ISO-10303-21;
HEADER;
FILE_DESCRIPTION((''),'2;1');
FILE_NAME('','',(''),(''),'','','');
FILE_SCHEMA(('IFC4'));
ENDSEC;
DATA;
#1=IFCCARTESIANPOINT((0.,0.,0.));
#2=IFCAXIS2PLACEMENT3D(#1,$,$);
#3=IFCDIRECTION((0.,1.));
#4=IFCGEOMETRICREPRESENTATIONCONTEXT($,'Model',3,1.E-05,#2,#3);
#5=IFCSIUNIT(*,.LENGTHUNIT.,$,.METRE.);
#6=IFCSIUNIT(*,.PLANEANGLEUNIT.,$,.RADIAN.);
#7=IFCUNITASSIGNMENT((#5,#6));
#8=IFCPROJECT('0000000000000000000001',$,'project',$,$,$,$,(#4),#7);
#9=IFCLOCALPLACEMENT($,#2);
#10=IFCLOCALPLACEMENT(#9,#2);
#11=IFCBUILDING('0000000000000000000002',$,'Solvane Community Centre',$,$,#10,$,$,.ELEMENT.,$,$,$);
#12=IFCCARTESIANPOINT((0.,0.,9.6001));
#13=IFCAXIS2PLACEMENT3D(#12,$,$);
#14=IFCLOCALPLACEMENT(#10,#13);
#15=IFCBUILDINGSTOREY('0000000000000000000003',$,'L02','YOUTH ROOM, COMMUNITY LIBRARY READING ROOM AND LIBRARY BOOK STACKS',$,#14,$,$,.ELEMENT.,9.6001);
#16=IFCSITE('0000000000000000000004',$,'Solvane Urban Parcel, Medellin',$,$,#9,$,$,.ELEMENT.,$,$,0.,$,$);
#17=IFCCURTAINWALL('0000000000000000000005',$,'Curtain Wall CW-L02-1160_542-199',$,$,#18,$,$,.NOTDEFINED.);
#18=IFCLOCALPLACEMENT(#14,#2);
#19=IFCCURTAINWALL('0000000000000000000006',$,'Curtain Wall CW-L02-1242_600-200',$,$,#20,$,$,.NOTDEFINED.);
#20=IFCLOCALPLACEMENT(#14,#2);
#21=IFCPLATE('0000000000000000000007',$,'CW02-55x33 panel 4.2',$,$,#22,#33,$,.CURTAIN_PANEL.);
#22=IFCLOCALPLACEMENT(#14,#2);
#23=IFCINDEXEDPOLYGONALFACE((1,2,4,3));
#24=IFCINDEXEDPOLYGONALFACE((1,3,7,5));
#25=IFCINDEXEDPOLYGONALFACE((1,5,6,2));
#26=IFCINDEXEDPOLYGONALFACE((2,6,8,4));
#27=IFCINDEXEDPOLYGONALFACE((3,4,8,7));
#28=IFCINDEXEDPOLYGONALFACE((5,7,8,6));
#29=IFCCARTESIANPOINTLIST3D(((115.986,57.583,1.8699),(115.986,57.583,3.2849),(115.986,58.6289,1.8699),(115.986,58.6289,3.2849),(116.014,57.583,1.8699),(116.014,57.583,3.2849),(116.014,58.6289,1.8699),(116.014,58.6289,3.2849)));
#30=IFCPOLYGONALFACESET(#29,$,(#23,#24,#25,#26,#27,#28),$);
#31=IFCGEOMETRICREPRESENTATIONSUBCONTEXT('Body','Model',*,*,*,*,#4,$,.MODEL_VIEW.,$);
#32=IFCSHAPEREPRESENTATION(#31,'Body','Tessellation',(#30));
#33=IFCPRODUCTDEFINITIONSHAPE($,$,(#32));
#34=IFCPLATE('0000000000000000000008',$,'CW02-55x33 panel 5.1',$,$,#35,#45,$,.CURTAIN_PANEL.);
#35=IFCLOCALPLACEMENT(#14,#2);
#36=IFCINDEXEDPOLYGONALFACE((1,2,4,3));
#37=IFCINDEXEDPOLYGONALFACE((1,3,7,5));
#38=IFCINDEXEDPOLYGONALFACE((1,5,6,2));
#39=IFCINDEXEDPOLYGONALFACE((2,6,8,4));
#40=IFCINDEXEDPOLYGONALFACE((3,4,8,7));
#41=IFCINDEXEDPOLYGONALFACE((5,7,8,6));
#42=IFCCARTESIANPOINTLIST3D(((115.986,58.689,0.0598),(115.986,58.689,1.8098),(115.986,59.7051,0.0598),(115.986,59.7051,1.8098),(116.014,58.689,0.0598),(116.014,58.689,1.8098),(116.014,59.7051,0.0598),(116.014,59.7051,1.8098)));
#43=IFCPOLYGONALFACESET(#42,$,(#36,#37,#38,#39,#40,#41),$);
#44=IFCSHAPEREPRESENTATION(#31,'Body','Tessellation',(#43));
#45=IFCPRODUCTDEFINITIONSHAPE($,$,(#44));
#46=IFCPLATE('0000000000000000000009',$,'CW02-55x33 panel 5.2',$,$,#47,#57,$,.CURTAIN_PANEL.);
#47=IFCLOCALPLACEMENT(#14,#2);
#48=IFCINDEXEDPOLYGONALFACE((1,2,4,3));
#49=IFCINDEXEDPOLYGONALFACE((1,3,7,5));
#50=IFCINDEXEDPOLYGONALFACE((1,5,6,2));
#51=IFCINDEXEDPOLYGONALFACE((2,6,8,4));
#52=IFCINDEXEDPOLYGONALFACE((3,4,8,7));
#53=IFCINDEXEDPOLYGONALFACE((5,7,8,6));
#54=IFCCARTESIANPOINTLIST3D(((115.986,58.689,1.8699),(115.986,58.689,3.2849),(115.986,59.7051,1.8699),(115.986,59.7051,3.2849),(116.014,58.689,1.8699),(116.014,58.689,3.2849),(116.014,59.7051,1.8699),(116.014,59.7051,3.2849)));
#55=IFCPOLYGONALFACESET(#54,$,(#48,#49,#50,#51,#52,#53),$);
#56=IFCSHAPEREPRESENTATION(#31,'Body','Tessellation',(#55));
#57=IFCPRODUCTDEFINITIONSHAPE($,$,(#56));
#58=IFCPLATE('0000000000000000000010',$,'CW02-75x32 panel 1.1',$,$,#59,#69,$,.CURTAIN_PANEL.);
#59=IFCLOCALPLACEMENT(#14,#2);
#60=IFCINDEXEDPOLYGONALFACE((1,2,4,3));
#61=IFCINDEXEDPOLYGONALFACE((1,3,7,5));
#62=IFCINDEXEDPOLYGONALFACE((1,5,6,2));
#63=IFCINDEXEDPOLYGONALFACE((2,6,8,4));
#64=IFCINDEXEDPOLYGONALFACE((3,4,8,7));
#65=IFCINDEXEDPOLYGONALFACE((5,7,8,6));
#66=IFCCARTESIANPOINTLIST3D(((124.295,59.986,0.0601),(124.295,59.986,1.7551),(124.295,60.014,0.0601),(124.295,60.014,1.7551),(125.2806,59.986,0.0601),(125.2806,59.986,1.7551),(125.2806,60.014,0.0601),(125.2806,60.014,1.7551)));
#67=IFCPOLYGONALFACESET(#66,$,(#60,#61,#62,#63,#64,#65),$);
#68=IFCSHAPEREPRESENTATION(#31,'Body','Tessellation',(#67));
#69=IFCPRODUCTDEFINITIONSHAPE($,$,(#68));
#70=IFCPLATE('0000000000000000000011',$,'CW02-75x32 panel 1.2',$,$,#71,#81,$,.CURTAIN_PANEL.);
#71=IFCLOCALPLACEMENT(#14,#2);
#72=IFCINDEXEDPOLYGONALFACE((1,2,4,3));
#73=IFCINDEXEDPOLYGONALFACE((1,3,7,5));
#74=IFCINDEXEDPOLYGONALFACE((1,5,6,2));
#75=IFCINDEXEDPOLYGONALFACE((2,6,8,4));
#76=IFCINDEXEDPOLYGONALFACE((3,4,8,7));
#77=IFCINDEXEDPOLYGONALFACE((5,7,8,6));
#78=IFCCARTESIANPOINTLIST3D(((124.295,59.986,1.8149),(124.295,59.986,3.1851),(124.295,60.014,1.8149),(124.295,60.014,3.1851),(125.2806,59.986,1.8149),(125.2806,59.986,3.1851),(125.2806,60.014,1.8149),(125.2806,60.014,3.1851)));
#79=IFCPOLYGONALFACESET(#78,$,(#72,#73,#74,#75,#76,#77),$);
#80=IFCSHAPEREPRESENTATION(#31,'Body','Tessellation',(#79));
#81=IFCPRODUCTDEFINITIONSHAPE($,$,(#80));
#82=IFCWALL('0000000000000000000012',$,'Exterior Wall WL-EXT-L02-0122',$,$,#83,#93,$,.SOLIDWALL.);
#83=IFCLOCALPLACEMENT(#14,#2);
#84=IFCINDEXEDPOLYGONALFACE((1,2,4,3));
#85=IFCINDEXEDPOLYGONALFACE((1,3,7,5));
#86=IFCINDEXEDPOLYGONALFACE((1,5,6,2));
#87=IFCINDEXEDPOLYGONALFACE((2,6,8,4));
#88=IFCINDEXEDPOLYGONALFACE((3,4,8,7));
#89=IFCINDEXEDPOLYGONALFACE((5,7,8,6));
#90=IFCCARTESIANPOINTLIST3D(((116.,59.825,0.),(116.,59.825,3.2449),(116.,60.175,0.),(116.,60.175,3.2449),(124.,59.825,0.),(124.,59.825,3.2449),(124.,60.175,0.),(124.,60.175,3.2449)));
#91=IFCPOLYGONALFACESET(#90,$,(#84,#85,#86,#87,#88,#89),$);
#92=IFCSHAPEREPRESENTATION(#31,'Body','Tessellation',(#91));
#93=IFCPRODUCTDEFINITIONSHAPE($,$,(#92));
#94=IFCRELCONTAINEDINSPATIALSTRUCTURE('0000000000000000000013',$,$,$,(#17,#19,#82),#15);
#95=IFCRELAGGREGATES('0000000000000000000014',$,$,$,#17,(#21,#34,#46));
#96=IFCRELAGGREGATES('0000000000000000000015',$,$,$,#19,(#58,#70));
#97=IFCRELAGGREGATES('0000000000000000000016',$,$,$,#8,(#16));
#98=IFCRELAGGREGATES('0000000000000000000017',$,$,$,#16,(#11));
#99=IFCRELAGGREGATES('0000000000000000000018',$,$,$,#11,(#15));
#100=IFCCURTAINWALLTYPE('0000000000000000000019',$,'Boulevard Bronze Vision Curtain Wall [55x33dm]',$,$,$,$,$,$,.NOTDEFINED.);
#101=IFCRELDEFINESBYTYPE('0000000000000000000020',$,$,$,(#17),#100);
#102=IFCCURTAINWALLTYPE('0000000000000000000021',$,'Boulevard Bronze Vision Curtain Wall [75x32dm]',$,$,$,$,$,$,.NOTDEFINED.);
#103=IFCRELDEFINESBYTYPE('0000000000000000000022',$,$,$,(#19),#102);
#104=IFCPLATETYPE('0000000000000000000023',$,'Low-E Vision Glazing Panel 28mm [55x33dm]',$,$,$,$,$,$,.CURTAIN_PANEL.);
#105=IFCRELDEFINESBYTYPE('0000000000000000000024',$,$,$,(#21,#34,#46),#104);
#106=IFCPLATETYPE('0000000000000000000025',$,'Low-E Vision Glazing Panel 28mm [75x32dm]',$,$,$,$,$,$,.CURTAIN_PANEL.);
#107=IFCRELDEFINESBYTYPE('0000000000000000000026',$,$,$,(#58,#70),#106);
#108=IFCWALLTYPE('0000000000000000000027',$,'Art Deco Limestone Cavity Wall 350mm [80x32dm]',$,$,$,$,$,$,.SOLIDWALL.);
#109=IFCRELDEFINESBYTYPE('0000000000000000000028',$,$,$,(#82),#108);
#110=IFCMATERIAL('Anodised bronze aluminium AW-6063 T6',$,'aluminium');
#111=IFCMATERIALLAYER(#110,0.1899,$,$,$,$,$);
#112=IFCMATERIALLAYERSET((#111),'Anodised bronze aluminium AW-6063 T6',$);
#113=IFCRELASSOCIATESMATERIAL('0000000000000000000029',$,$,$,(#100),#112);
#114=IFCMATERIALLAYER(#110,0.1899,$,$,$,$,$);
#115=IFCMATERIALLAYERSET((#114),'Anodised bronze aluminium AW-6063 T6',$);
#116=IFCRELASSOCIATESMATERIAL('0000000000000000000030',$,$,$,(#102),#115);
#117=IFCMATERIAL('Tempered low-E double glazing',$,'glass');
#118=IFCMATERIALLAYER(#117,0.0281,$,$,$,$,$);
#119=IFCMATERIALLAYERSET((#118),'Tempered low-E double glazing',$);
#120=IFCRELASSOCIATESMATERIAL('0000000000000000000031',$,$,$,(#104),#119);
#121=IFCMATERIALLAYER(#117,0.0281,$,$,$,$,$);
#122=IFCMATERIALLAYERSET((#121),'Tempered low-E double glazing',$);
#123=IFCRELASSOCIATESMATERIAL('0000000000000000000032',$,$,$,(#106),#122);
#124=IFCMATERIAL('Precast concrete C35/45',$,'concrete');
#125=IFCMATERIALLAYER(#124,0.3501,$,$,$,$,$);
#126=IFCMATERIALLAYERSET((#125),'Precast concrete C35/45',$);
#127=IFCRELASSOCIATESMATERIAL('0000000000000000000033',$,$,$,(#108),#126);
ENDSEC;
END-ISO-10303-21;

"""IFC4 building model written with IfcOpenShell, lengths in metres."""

from ifc_helpers import new_model, si_unit, direction, frame, frame_2d, origin, origin_2d, place, context, subcontext, project, spatial, rectangle, extrude, material, layer, layer_set, type_object, element, aggregate, save


model = new_model("IFC4")

# Units and contexts
model_context = context("Model", 3, precision=1e-05, world=origin(), true_north=direction((0.0, 1.0)))
body_context = subcontext(model_context, "Body", "Model", "MODEL_VIEW")
ifc_project = project(units=[si_unit("LENGTHUNIT", "METRE"), si_unit("PLANEANGLEUNIT", "RADIAN")], contexts=[model_context])

# Site, building, storey
site_placement = place(None, origin())
site = spatial("IfcSite", under=ifc_project, at=site_placement, Name="Solvane Urban Parcel, Medellin", CompositionType="ELEMENT", RefElevation=0.0)
building_placement = place(site_placement, origin())
building = spatial("IfcBuilding", under=site, at=building_placement, Name="Solvane Community Centre", CompositionType="ELEMENT")
storey_placement = place(building_placement, frame((0.0, 0.0, 9.6001)))
storey = spatial("IfcBuildingStorey", under=building, at=storey_placement, Name="L02", Description="YOUTH ROOM, COMMUNITY LIBRARY READING ROOM AND LIBRARY BOOK STACKS", CompositionType="ELEMENT", Elevation=9.6001)

# Curtain walls
ifc_material_1 = material(Name="Anodised bronze aluminium AW-6063 T6", Category="aluminium")
ifc_layer_1 = layer(ifc_material_1, 0.1899)
ifc_layer_set_1 = layer_set([ifc_layer_1], Name="Anodised bronze aluminium AW-6063 T6")
curtain_wall_type_1 = type_object("IfcCurtainWallType", Name="Boulevard Bronze Vision Curtain Wall [55x33dm]", PredefinedType="NOTDEFINED", material=ifc_layer_set_1)
curtain_wall_1_placement = place(storey_placement, origin())
curtain_wall_1 = element("IfcCurtainWall", 1, at=curtain_wall_1_placement, inside=storey, type_object=curtain_wall_type_1, Name="Curtain Wall CW-L02-1160_542-199", PredefinedType="NOTDEFINED")
ifc_layer_2 = layer(ifc_material_1, 0.1899)
ifc_layer_set_2 = layer_set([ifc_layer_2], Name="Anodised bronze aluminium AW-6063 T6")
curtain_wall_type_2 = type_object("IfcCurtainWallType", Name="Boulevard Bronze Vision Curtain Wall [75x32dm]", PredefinedType="NOTDEFINED", material=ifc_layer_set_2)
curtain_wall_2_placement = place(storey_placement, origin())
curtain_wall_2 = element("IfcCurtainWall", 2, at=curtain_wall_2_placement, inside=storey, type_object=curtain_wall_type_2, Name="Curtain Wall CW-L02-1242_600-200", PredefinedType="NOTDEFINED")

# Plates
ifc_material_2 = material(Name="Tempered low-E double glazing", Category="glass")
ifc_layer_3 = layer(ifc_material_2, 0.0281)
ifc_layer_set_3 = layer_set([ifc_layer_3], Name="Tempered low-E double glazing")
plate_type_1 = type_object("IfcPlateType", Name="Low-E Vision Glazing Panel 28mm [55x33dm]", PredefinedType="CURTAIN_PANEL", material=ifc_layer_set_3)
plate_1_placement = place(storey_placement, frame((116.0, 58.106, 1.8699), z_axis=(0.0, 0.0, 1.0), x_axis=(0.0, 1.0, 0.0)))
plate_1 = element("IfcPlate", 3, at=plate_1_placement, type_object=plate_type_1, Name="CW02-55x33 panel 4.2", PredefinedType="CURTAIN_PANEL", context=body_context, shape_type="SweptSolid", body=[
    extrude(rectangle(XDim=1.0459, YDim=0.0281, at=origin_2d()), origin(), (0.0, 0.0, 1.0), 1.415),
])
plate_2_placement = place(storey_placement, frame((116.0, 59.197, 0.0598), z_axis=(0.0, 0.0, 1.0), x_axis=(0.0, 1.0, 0.0)))
plate_2 = element("IfcPlate", 4, at=plate_2_placement, type_object=plate_type_1, Name="CW02-55x33 panel 5.1", PredefinedType="CURTAIN_PANEL", context=body_context, shape_type="SweptSolid", body=[
    extrude(rectangle(XDim=1.0161, YDim=0.0281, at=origin_2d()), origin(), (0.0, 0.0, 1.0), 1.75),
])
plate_3_placement = place(storey_placement, frame((116.0, 59.197, 1.8699), z_axis=(0.0, 0.0, 1.0), x_axis=(0.0, 1.0, 0.0)))
plate_3 = element("IfcPlate", 5, at=plate_3_placement, type_object=plate_type_1, Name="CW02-55x33 panel 5.2", PredefinedType="CURTAIN_PANEL", context=body_context, shape_type="SweptSolid", body=[
    extrude(rectangle(XDim=1.0161, YDim=0.0281, at=origin_2d()), origin(), (0.0, 0.0, 1.0), 1.415),
])
aggregate(curtain_wall_1, [plate_1, plate_2, plate_3])
ifc_layer_4 = layer(ifc_material_2, 0.0281)
ifc_layer_set_4 = layer_set([ifc_layer_4], Name="Tempered low-E double glazing")
plate_type_2 = type_object("IfcPlateType", Name="Low-E Vision Glazing Panel 28mm [75x32dm]", PredefinedType="CURTAIN_PANEL", material=ifc_layer_set_4)
plate_4_placement = place(storey_placement, frame((124.7878, 60.0, 0.0601), z_axis=(0.0, 0.0, 1.0), x_axis=(1.0, 0.0, 0.0)))
plate_4 = element("IfcPlate", 6, at=plate_4_placement, type_object=plate_type_2, Name="CW02-75x32 panel 1.1", PredefinedType="CURTAIN_PANEL", context=body_context, shape_type="SweptSolid", body=[
    extrude(rectangle(XDim=0.9856, YDim=0.0281, at=origin_2d()), origin(), (0.0, 0.0, 1.0), 1.6951),
])
plate_5_placement = place(storey_placement, frame((124.7878, 60.0, 1.8149), z_axis=(0.0, 0.0, 1.0), x_axis=(1.0, 0.0, 0.0)))
plate_5 = element("IfcPlate", 7, at=plate_5_placement, type_object=plate_type_2, Name="CW02-75x32 panel 1.2", PredefinedType="CURTAIN_PANEL", context=body_context, shape_type="SweptSolid", body=[
    extrude(rectangle(XDim=0.9856, YDim=0.0281, at=origin_2d()), origin(), (0.0, 0.0, 1.0), 1.3701),
])
aggregate(curtain_wall_2, [plate_4, plate_5])

# Wall
ifc_material_3 = material(Name="Precast concrete C35/45", Category="concrete")
ifc_layer_5 = layer(ifc_material_3, 0.3501)
ifc_layer_set_5 = layer_set([ifc_layer_5], Name="Precast concrete C35/45")
wall_type = type_object("IfcWallType", Name="Art Deco Limestone Cavity Wall 350mm [80x32dm]", PredefinedType="SOLIDWALL", material=ifc_layer_set_5)
wall_placement = place(storey_placement, frame((116.0, 60.0, 0.0), z_axis=(0.0, 0.0, 1.0), x_axis=(1.0, 0.0, 0.0)))
element("IfcWall", 8, at=wall_placement, inside=storey, type_object=wall_type, Name="Exterior Wall WL-EXT-L02-0122", PredefinedType="SOLIDWALL", context=body_context, shape_type="SweptSolid", body=[
    extrude(rectangle(XDim=8.0, YDim=0.3501, at=frame_2d((4.0, 0.0))), origin(), (0.0, 0.0, 1.0), 3.2449),
])

save(model, "model.ifc")
